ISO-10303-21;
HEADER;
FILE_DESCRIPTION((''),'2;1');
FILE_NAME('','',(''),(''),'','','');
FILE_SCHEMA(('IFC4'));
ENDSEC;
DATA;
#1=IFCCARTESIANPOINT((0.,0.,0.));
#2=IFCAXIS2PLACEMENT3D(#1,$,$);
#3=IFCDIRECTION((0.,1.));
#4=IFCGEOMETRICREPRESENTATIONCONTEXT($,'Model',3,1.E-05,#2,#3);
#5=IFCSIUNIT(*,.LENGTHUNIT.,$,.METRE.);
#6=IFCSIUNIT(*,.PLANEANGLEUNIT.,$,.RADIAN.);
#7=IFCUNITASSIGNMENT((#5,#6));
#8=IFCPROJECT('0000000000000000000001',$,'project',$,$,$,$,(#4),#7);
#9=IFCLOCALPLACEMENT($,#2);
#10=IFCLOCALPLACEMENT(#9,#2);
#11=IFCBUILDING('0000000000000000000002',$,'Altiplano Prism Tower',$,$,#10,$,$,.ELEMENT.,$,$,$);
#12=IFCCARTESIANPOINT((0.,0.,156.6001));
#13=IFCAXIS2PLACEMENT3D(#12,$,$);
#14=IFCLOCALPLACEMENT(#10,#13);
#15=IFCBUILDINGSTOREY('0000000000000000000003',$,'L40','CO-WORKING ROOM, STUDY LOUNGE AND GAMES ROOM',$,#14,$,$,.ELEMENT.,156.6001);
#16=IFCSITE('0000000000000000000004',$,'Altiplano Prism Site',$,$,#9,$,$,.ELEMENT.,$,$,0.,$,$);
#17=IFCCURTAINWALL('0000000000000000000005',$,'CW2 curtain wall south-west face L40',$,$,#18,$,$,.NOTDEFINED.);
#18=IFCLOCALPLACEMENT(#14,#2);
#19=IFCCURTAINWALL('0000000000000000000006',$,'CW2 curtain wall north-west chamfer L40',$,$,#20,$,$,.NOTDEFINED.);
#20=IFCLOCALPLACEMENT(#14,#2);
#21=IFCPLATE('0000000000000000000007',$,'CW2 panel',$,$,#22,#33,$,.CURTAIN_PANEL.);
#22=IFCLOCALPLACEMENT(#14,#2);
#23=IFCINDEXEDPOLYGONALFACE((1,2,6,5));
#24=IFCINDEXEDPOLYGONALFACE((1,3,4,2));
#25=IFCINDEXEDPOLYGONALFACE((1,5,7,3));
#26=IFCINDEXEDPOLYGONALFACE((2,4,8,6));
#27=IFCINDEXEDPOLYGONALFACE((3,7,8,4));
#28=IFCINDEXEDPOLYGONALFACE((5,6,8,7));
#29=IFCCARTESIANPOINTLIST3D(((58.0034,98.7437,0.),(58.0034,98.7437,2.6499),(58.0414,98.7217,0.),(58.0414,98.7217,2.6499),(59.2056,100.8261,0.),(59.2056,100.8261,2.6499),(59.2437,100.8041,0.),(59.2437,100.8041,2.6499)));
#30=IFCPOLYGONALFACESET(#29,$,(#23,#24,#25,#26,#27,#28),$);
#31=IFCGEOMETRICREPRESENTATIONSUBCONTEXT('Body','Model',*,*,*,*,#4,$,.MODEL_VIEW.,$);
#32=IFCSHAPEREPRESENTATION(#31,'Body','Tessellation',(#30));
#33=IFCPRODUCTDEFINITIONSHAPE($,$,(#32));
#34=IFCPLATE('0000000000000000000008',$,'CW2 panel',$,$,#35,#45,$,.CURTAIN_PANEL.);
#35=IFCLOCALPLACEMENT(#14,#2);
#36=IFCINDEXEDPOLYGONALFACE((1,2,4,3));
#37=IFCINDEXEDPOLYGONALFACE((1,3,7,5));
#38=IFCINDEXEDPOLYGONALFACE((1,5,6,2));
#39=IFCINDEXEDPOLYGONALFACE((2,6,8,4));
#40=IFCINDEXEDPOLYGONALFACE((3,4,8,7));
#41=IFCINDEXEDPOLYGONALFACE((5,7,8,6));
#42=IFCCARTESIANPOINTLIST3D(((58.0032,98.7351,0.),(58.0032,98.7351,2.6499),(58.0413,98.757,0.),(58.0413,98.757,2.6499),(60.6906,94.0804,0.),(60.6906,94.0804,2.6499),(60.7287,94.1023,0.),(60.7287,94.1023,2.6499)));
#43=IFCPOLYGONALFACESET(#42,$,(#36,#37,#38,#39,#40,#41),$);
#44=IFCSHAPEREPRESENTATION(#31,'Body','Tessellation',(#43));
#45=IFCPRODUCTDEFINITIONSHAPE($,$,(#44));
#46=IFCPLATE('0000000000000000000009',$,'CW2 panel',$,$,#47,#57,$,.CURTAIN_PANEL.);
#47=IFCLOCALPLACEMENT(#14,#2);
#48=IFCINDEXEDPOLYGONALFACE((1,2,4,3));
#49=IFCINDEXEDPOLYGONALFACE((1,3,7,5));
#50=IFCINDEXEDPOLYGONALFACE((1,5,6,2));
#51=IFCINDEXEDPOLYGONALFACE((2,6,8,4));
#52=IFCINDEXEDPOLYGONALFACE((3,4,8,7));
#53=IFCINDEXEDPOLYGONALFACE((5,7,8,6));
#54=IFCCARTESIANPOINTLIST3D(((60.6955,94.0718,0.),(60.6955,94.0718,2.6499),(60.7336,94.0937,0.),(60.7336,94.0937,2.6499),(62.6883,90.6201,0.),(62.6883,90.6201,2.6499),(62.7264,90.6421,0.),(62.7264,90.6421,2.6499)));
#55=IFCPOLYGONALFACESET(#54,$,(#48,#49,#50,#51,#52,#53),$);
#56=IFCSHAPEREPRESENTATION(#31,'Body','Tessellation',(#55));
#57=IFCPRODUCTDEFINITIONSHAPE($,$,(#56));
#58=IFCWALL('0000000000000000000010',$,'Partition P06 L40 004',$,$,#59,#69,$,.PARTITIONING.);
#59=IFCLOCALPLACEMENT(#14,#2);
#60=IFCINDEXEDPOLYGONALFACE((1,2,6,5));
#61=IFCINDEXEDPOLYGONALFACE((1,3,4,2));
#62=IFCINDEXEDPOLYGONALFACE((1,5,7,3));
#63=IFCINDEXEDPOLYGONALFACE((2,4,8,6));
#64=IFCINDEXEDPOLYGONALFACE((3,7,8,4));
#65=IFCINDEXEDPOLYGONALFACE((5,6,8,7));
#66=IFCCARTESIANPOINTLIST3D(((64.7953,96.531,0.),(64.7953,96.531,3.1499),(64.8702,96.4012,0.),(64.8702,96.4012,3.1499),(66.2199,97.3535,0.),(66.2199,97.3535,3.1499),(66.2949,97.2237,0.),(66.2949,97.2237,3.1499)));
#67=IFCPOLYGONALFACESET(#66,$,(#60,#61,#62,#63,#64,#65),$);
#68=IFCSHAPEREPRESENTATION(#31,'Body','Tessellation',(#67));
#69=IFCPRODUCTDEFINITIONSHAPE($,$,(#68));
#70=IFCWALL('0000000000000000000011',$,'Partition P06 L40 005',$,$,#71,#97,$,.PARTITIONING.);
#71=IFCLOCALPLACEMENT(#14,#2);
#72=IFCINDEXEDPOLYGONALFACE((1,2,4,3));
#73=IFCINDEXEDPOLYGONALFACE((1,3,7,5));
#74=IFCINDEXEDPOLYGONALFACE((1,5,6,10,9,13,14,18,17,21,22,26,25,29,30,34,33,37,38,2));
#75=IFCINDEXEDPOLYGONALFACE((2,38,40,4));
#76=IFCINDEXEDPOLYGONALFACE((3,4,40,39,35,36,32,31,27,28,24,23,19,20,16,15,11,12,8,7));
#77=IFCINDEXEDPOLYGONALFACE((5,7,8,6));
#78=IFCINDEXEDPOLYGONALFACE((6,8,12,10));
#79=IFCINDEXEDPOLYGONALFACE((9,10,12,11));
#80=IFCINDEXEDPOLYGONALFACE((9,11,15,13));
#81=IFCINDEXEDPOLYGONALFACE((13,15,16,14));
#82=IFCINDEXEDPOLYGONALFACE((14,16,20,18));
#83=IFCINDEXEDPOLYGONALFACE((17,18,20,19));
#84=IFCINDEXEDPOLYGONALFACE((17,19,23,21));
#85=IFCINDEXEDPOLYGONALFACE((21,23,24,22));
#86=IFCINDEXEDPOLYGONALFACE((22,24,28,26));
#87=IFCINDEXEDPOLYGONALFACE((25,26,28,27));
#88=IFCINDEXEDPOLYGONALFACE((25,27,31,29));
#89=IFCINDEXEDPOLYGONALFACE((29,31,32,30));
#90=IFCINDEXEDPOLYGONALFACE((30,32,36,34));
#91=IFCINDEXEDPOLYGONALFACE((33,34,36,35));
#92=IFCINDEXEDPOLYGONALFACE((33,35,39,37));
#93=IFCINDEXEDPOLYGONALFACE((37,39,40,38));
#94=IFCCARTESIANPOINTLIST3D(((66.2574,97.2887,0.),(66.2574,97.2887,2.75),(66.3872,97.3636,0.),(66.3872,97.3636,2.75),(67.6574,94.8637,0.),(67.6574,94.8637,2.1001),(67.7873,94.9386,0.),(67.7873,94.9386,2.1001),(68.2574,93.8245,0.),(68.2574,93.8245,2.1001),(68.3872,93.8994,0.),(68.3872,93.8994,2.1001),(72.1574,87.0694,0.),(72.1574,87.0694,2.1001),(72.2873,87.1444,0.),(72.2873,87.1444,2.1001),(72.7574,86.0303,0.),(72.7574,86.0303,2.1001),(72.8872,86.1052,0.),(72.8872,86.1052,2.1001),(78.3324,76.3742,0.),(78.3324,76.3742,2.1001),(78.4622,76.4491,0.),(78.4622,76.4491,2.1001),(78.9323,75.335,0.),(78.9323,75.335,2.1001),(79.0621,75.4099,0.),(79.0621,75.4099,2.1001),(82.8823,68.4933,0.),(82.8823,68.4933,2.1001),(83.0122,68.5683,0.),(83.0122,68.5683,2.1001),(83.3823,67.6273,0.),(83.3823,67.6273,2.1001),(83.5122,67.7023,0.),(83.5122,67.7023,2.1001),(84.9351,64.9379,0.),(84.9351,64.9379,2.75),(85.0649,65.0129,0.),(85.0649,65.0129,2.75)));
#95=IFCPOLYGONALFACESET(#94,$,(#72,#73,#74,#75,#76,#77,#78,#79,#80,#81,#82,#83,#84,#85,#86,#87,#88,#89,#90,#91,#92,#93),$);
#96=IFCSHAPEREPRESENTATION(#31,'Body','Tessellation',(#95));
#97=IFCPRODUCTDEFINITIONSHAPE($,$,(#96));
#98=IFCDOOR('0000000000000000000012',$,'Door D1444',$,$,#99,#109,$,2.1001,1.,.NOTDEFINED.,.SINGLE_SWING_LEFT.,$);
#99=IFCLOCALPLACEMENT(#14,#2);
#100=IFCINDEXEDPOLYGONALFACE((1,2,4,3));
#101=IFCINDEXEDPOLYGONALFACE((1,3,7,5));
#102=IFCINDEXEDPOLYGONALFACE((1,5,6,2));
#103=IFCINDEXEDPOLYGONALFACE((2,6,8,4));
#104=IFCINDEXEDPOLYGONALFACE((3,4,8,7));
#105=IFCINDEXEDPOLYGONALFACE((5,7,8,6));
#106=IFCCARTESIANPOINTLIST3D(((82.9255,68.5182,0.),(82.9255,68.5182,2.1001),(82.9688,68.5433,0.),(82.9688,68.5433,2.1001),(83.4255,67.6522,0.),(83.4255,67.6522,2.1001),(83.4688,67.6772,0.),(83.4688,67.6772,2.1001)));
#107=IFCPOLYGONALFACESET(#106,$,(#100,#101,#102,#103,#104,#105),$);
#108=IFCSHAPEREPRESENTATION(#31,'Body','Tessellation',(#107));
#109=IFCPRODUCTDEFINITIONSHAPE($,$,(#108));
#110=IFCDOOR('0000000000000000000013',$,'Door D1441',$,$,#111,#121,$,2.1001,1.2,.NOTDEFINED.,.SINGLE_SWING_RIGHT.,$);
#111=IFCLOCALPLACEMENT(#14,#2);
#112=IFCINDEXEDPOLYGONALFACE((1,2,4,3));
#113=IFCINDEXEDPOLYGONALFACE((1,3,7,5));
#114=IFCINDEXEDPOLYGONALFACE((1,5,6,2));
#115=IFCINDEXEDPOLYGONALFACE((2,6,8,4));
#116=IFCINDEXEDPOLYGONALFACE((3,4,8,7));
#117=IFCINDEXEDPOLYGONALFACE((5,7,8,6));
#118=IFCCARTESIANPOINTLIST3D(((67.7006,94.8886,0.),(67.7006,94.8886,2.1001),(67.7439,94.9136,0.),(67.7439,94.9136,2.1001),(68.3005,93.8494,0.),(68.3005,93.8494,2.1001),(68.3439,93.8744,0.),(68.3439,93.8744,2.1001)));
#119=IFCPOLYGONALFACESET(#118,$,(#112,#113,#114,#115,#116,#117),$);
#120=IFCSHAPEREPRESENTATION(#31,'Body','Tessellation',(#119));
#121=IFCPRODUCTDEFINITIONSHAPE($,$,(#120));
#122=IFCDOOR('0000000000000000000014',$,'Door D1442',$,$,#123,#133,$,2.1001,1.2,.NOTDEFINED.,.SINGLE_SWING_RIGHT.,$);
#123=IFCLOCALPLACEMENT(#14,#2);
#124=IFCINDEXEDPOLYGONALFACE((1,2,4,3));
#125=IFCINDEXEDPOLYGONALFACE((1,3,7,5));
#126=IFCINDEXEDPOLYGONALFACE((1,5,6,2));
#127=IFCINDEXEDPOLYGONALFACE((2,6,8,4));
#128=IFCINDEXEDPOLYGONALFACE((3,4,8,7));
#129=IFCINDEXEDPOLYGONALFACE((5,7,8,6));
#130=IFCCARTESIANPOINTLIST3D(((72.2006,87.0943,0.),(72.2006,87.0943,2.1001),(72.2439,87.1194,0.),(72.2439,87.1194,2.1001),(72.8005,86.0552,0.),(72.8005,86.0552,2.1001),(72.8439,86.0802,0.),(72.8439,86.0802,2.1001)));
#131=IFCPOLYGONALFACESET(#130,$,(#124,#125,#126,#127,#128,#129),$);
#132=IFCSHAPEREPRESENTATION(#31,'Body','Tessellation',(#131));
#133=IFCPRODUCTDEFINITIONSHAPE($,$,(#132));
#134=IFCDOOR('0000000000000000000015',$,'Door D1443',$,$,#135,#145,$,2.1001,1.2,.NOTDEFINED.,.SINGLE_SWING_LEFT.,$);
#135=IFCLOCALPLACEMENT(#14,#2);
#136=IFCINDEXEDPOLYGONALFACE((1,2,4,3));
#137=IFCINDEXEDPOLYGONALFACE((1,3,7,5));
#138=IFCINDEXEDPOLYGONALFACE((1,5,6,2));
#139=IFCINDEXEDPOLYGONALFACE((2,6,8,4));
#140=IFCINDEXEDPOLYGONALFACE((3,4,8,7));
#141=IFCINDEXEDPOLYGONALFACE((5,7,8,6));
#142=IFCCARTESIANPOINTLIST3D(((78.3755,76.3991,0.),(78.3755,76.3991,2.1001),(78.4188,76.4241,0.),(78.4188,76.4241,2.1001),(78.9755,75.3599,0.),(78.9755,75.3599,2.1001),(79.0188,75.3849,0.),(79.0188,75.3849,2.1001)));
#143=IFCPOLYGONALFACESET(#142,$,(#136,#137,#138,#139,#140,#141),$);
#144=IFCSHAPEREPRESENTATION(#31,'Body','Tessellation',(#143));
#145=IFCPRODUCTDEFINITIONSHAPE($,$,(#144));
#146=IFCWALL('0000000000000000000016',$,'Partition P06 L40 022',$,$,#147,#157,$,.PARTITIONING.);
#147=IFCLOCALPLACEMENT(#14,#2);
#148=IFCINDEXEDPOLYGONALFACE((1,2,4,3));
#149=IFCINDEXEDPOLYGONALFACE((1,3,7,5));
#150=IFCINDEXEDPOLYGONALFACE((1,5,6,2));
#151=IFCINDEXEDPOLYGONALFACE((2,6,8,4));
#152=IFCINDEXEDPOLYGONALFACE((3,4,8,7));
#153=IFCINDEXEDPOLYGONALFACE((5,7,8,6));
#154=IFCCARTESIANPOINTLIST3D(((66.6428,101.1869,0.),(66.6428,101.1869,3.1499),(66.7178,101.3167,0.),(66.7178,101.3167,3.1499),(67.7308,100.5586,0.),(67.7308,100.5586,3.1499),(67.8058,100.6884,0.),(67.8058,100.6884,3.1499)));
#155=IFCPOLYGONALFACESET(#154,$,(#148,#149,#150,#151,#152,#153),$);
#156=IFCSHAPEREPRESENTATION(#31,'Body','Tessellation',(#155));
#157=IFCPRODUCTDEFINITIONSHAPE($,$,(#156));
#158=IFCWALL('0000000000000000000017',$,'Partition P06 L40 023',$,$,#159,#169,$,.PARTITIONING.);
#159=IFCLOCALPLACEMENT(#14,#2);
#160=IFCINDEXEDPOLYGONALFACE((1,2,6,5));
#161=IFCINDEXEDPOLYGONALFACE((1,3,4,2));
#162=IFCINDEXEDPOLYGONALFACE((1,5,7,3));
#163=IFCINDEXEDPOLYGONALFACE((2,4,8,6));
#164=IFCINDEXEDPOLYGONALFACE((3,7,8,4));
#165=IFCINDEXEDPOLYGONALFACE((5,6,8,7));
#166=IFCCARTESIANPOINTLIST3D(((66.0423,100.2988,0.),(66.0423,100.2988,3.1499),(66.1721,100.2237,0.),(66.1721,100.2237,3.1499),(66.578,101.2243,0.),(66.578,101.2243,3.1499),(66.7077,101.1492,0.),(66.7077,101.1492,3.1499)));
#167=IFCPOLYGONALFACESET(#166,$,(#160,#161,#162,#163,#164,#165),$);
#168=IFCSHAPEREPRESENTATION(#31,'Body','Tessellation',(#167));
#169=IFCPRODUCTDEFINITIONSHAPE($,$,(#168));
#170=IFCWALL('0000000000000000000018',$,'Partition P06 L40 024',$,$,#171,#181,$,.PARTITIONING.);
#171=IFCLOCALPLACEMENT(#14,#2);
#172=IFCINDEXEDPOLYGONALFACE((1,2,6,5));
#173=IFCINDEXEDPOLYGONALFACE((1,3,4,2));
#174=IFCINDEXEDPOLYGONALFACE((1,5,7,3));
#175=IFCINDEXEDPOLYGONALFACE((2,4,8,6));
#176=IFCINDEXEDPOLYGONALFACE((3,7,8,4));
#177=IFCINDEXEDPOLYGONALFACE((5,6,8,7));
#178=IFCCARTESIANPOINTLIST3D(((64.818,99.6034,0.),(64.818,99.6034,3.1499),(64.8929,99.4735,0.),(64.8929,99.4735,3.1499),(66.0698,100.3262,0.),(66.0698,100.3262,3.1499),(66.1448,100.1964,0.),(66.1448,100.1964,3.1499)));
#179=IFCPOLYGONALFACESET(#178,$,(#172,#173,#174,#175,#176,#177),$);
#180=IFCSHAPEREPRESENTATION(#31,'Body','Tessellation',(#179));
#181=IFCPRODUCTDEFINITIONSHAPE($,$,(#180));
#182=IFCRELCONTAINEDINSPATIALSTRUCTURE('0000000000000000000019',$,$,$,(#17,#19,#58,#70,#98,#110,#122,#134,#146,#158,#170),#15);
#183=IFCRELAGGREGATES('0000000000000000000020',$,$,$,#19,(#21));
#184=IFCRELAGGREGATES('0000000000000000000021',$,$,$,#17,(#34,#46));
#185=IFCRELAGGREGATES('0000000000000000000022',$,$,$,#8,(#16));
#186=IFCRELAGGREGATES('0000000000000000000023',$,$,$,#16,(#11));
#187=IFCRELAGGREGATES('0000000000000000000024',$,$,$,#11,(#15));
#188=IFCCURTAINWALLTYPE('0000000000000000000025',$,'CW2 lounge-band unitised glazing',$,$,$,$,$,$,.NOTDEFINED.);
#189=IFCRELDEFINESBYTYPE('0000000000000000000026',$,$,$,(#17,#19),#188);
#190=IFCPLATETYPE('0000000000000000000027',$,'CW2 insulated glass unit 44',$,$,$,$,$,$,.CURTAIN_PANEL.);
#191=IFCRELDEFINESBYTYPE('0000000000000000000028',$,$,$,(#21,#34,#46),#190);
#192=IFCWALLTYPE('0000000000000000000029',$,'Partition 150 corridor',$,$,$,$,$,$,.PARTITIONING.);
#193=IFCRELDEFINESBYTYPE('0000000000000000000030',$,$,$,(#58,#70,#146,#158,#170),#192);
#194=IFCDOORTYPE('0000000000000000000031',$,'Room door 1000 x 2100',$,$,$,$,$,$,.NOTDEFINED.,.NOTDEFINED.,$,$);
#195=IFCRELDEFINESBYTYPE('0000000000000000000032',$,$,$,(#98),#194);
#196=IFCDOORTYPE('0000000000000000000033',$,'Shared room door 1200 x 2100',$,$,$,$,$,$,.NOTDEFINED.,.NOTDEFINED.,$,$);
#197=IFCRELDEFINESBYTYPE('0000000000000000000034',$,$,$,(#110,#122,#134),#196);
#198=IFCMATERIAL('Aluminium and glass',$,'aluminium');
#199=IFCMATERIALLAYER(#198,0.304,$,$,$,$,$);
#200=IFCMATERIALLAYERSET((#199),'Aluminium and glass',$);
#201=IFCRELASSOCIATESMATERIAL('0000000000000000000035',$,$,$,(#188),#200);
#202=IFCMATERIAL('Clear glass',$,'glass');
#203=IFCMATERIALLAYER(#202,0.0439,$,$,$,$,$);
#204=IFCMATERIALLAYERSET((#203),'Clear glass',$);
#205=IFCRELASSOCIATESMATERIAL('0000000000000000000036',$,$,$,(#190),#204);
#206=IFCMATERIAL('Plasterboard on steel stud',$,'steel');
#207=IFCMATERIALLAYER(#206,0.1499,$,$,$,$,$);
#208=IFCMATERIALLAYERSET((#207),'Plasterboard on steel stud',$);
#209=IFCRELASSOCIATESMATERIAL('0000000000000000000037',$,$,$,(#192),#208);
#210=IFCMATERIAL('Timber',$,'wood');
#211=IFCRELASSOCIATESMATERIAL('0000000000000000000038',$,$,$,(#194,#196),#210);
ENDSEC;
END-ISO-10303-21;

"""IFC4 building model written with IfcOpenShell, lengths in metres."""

from ifc_helpers import new_model, si_unit, direction, frame, frame_2d, origin, origin_2d, place, context, subcontext, project, spatial, rectangle, extrude, material, layer, layer_set, type_object, element, fill, aggregate, save


model = new_model("IFC4")

# Units and contexts
model_context = context("Model", 3, precision=1e-05, world=origin(), true_north=direction((0.0, 1.0)))
body_context = subcontext(model_context, "Body", "Model", "MODEL_VIEW")
ifc_project = project(units=[si_unit("LENGTHUNIT", "METRE"), si_unit("PLANEANGLEUNIT", "RADIAN")], contexts=[model_context])

# Site, building, storey
site_placement = place(None, origin())
site = spatial("IfcSite", under=ifc_project, at=site_placement, Name="Altiplano Prism Site", CompositionType="ELEMENT", RefElevation=0.0)
building_placement = place(site_placement, origin())
building = spatial("IfcBuilding", under=site, at=building_placement, Name="Altiplano Prism Tower", CompositionType="ELEMENT")
storey_placement = place(building_placement, frame((0.0, 0.0, 156.6001)))
storey = spatial("IfcBuildingStorey", under=building, at=storey_placement, Name="L40", Description="CO-WORKING ROOM, STUDY LOUNGE AND GAMES ROOM", CompositionType="ELEMENT", Elevation=156.6001)

# Curtain wall
ifc_material_1 = material(Name="Aluminium and glass", Category="aluminium")
ifc_layer_1 = layer(ifc_material_1, 0.304)
ifc_layer_set_1 = layer_set([ifc_layer_1], Name="Aluminium and glass")
curtain_wall_type = type_object("IfcCurtainWallType", Name="CW2 lounge-band unitised glazing", PredefinedType="NOTDEFINED", material=ifc_layer_set_1)
curtain_wall_1_placement = place(storey_placement, origin())
curtain_wall_1 = element("IfcCurtainWall", 1, at=curtain_wall_1_placement, inside=storey, type_object=curtain_wall_type, Name="CW2 curtain wall south-west face L40", PredefinedType="NOTDEFINED")

# Curtain wall
curtain_wall_2_placement = place(storey_placement, origin())
curtain_wall_2 = element("IfcCurtainWall", 2, at=curtain_wall_2_placement, inside=storey, type_object=curtain_wall_type, Name="CW2 curtain wall north-west chamfer L40", PredefinedType="NOTDEFINED")

# Plates
ifc_material_2 = material(Name="Clear glass", Category="glass")
ifc_layer_2 = layer(ifc_material_2, 0.0439)
ifc_layer_set_2 = layer_set([ifc_layer_2], Name="Clear glass")
plate_type = type_object("IfcPlateType", Name="CW2 insulated glass unit 44", PredefinedType="CURTAIN_PANEL", material=ifc_layer_set_2)
plate_1_placement = place(storey_placement, frame((58.6235, 99.7739, 0.0), z_axis=(0.0, 0.0, 1.0), x_axis=(-0.5, -0.866025, 0.0)))
plate_1 = element("IfcPlate", 3, at=plate_1_placement, type_object=plate_type, Name="CW2 panel", PredefinedType="CURTAIN_PANEL", context=body_context, shape_type="SweptSolid", body=[
    extrude(rectangle(XDim=2.4045, YDim=0.0439, at=origin_2d()), origin(), (0.0, 0.0, 1.0), 2.6499),
])
aggregate(curtain_wall_2, [plate_1])
plate_2_placement = place(storey_placement, frame((59.366, 96.4187, 0.0), z_axis=(0.0, 0.0, 1.0), x_axis=(0.5, -0.866025, 0.0)))
plate_2 = element("IfcPlate", 4, at=plate_2_placement, type_object=plate_type, Name="CW2 panel", PredefinedType="CURTAIN_PANEL", context=body_context, shape_type="SweptSolid", body=[
    extrude(rectangle(XDim=5.3748, YDim=0.0439, at=origin_2d()), origin(), (0.0, 0.0, 1.0), 2.6499),
])
plate_3_placement = place(storey_placement, frame((61.7109, 92.3569, 0.0), z_axis=(0.0, 0.0, 1.0), x_axis=(0.5, -0.866025, 0.0)))
plate_3 = element("IfcPlate", 5, at=plate_3_placement, type_object=plate_type, Name="CW2 panel", PredefinedType="CURTAIN_PANEL", context=body_context, shape_type="SweptSolid", body=[
    extrude(rectangle(XDim=3.9856, YDim=0.0439, at=origin_2d()), origin(), (0.0, 0.0, 1.0), 2.6499),
])
aggregate(curtain_wall_1, [plate_2, plate_3])

# Wall
ifc_material_3 = material(Name="Plasterboard on steel stud", Category="steel")
ifc_layer_3 = layer(ifc_material_3, 0.1499)
ifc_layer_set_3 = layer_set([ifc_layer_3], Name="Plasterboard on steel stud")
wall_type_1 = type_object("IfcWallType", Name="Partition 150 corridor", PredefinedType="PARTITIONING", material=ifc_layer_set_3)
wall_1_placement = place(storey_placement, frame((64.8328, 96.4661, 0.0), z_axis=(0.0, 0.0, 1.0), x_axis=(0.866015, 0.500018, 0.0)))
element("IfcWall", 6, at=wall_1_placement, inside=storey, type_object=wall_type_1, Name="Partition P06 L40 004", PredefinedType="PARTITIONING", context=body_context, shape_type="SweptSolid", body=[
    extrude(rectangle(XDim=1.645, YDim=0.1499, at=frame_2d((0.8225, 0.0))), origin(), (0.0, 0.0, 1.0), 3.1499),
])

# Wall, openings, doors
wall_2_placement = place(storey_placement, frame((66.3223, 97.3262, 0.0), z_axis=(0.0, 0.0, 1.0), x_axis=(0.499999, -0.866026, 0.0)))
wall_2 = element("IfcWall", 7, at=wall_2_placement, inside=storey, type_object=wall_type_1, Name="Partition P06 L40 005", PredefinedType="PARTITIONING", context=body_context, shape_type="SweptSolid", body=[
    extrude(rectangle(XDim=37.3555, YDim=0.1499, at=frame_2d((18.6777, 0.0))), origin(), (0.0, 0.0, 1.0), 2.75),
])
opening_1_placement = place(wall_2_placement, frame((2.8, 0.0, 0.0)))
opening_1 = element("IfcOpeningElement", 8, at=opening_1_placement, cuts=wall_2, PredefinedType="OPENING", context=body_context, shape_type="SweptSolid", body=[
    extrude(rectangle(XDim=1.2, YDim=2.1001, at=frame_2d((0.6001, 1.05))), frame((0.0, 0.0854, 0.0), z_axis=(0.0, -1.0, 0.0), x_axis=(1.0, 0.0, 0.0)), (0.0, 0.0, 1.0), 0.1709),
])
opening_2_placement = place(wall_2_placement, frame((11.8, 0.0, 0.0)))
opening_2 = element("IfcOpeningElement", 9, at=opening_2_placement, cuts=wall_2, PredefinedType="OPENING", context=body_context, shape_type="SweptSolid", body=[
    extrude(rectangle(XDim=1.2, YDim=2.1001, at=frame_2d((0.6001, 1.05))), frame((0.0, 0.0854, 0.0), z_axis=(0.0, -1.0, 0.0), x_axis=(1.0, 0.0, 0.0)), (0.0, 0.0, 1.0), 0.1709),
])
opening_3_placement = place(wall_2_placement, frame((24.1499, 0.0, 0.0)))
opening_3 = element("IfcOpeningElement", 10, at=opening_3_placement, cuts=wall_2, PredefinedType="OPENING", context=body_context, shape_type="SweptSolid", body=[
    extrude(rectangle(XDim=1.2, YDim=2.1001, at=frame_2d((0.6001, 1.05))), frame((0.0, 0.0854, 0.0), z_axis=(0.0, -1.0, 0.0), x_axis=(1.0, 0.0, 0.0)), (0.0, 0.0, 1.0), 0.1709),
])
opening_4_placement = place(wall_2_placement, frame((33.25, 0.0, 0.0)))
opening_4 = element("IfcOpeningElement", 11, at=opening_4_placement, cuts=wall_2, PredefinedType="OPENING", context=body_context, shape_type="SweptSolid", body=[
    extrude(rectangle(XDim=1.0, YDim=2.1001, at=frame_2d((0.5, 1.05))), frame((0.0, 0.0854, 0.0), z_axis=(0.0, -1.0, 0.0), x_axis=(1.0, 0.0, 0.0)), (0.0, 0.0, 1.0), 0.1709),
])
ifc_material_4 = material(Name="Timber", Category="wood")
door_type_1 = type_object("IfcDoorType", Name="Room door 1000 x 2100", OperationType="NOTDEFINED", PredefinedType="NOTDEFINED", material=ifc_material_4)
door_1_placement = place(opening_4_placement, origin())
door_1 = element("IfcDoor", 12, at=door_1_placement, inside=storey, type_object=door_type_1, Name="Door D1444", OperationType="SINGLE_SWING_LEFT", OverallHeight=2.1001, OverallWidth=1.0, PredefinedType="NOTDEFINED", context=body_context, shape_type="SweptSolid", body=[
    extrude(rectangle(XDim=1.0, YDim=2.1001, at=frame_2d((0.5, 1.05))), frame((0.0, 0.0249, 0.0), z_axis=(0.0, -1.0, 0.0), x_axis=(1.0, 0.0, 0.0)), (0.0, 0.0, 1.0), 0.05),
])
fill(opening_4, door_1)
door_type_2 = type_object("IfcDoorType", Name="Shared room door 1200 x 2100", OperationType="NOTDEFINED", PredefinedType="NOTDEFINED", material=ifc_material_4)
door_2_placement = place(opening_1_placement, origin())
door_2 = element("IfcDoor", 13, at=door_2_placement, inside=storey, type_object=door_type_2, Name="Door D1441", OperationType="SINGLE_SWING_RIGHT", OverallHeight=2.1001, OverallWidth=1.2, PredefinedType="NOTDEFINED", context=body_context, shape_type="SweptSolid", body=[
    extrude(rectangle(XDim=1.2, YDim=2.1001, at=frame_2d((0.6001, 1.05))), frame((0.0, 0.0249, 0.0), z_axis=(0.0, -1.0, 0.0), x_axis=(1.0, 0.0, 0.0)), (0.0, 0.0, 1.0), 0.05),
])
fill(opening_1, door_2)
door_3_placement = place(opening_2_placement, origin())
door_3 = element("IfcDoor", 14, at=door_3_placement, inside=storey, type_object=door_type_2, Name="Door D1442", OperationType="SINGLE_SWING_RIGHT", OverallHeight=2.1001, OverallWidth=1.2, PredefinedType="NOTDEFINED", context=body_context, shape_type="SweptSolid", body=[
    extrude(rectangle(XDim=1.2, YDim=2.1001, at=frame_2d((0.6001, 1.05))), frame((0.0, 0.0249, 0.0), z_axis=(0.0, -1.0, 0.0), x_axis=(1.0, 0.0, 0.0)), (0.0, 0.0, 1.0), 0.05),
])
fill(opening_2, door_3)
door_4_placement = place(opening_3_placement, origin())
door_4 = element("IfcDoor", 15, at=door_4_placement, inside=storey, type_object=door_type_2, Name="Door D1443", OperationType="SINGLE_SWING_LEFT", OverallHeight=2.1001, OverallWidth=1.2, PredefinedType="NOTDEFINED", context=body_context, shape_type="SweptSolid", body=[
    extrude(rectangle(XDim=1.2, YDim=2.1001, at=frame_2d((0.6001, 1.05))), frame((0.0, 0.0249, 0.0), z_axis=(0.0, -1.0, 0.0), x_axis=(1.0, 0.0, 0.0)), (0.0, 0.0, 1.0), 0.05),
])
fill(opening_3, door_4)

# Walls
wall_3_placement = place(storey_placement, frame((67.7683, 100.6235, 0.0), z_axis=(0.0, 0.0, 1.0), x_axis=(-0.865998, 0.500048, 0.0)))
element("IfcWall", 16, at=wall_3_placement, inside=storey, type_object=wall_type_1, Name="Partition P06 L40 022", PredefinedType="PARTITIONING", context=body_context, shape_type="SweptSolid", body=[
    extrude(rectangle(XDim=1.2563, YDim=0.1499, at=frame_2d((0.6282, 0.0))), origin(), (0.0, 0.0, 1.0), 3.1499),
])
wall_4_placement = place(storey_placement, frame((66.6428, 101.1868, 0.0), z_axis=(0.0, 0.0, 1.0), x_axis=(-0.500901, -0.865504, 0.0)))
element("IfcWall", 17, at=wall_4_placement, inside=storey, type_object=wall_type_1, Name="Partition P06 L40 023", PredefinedType="PARTITIONING", context=body_context, shape_type="SweptSolid", body=[
    extrude(rectangle(XDim=1.0693, YDim=0.1499, at=frame_2d((0.5347, 0.0))), origin(), (0.0, 0.0, 1.0), 3.1499),
])
wall_5_placement = place(storey_placement, frame((66.1072, 100.2612, 0.0), z_axis=(0.0, 0.0, 1.0), x_axis=(-0.866, -0.500044, 0.0)))
element("IfcWall", 18, at=wall_5_placement, inside=storey, type_object=wall_type_1, Name="Partition P06 L40 024", PredefinedType="PARTITIONING", context=body_context, shape_type="SweptSolid", body=[
    extrude(rectangle(XDim=1.4456, YDim=0.1499, at=frame_2d((0.7227, 0.0))), origin(), (0.0, 0.0, 1.0), 3.1499),
])

save(model, "model.ifc")
